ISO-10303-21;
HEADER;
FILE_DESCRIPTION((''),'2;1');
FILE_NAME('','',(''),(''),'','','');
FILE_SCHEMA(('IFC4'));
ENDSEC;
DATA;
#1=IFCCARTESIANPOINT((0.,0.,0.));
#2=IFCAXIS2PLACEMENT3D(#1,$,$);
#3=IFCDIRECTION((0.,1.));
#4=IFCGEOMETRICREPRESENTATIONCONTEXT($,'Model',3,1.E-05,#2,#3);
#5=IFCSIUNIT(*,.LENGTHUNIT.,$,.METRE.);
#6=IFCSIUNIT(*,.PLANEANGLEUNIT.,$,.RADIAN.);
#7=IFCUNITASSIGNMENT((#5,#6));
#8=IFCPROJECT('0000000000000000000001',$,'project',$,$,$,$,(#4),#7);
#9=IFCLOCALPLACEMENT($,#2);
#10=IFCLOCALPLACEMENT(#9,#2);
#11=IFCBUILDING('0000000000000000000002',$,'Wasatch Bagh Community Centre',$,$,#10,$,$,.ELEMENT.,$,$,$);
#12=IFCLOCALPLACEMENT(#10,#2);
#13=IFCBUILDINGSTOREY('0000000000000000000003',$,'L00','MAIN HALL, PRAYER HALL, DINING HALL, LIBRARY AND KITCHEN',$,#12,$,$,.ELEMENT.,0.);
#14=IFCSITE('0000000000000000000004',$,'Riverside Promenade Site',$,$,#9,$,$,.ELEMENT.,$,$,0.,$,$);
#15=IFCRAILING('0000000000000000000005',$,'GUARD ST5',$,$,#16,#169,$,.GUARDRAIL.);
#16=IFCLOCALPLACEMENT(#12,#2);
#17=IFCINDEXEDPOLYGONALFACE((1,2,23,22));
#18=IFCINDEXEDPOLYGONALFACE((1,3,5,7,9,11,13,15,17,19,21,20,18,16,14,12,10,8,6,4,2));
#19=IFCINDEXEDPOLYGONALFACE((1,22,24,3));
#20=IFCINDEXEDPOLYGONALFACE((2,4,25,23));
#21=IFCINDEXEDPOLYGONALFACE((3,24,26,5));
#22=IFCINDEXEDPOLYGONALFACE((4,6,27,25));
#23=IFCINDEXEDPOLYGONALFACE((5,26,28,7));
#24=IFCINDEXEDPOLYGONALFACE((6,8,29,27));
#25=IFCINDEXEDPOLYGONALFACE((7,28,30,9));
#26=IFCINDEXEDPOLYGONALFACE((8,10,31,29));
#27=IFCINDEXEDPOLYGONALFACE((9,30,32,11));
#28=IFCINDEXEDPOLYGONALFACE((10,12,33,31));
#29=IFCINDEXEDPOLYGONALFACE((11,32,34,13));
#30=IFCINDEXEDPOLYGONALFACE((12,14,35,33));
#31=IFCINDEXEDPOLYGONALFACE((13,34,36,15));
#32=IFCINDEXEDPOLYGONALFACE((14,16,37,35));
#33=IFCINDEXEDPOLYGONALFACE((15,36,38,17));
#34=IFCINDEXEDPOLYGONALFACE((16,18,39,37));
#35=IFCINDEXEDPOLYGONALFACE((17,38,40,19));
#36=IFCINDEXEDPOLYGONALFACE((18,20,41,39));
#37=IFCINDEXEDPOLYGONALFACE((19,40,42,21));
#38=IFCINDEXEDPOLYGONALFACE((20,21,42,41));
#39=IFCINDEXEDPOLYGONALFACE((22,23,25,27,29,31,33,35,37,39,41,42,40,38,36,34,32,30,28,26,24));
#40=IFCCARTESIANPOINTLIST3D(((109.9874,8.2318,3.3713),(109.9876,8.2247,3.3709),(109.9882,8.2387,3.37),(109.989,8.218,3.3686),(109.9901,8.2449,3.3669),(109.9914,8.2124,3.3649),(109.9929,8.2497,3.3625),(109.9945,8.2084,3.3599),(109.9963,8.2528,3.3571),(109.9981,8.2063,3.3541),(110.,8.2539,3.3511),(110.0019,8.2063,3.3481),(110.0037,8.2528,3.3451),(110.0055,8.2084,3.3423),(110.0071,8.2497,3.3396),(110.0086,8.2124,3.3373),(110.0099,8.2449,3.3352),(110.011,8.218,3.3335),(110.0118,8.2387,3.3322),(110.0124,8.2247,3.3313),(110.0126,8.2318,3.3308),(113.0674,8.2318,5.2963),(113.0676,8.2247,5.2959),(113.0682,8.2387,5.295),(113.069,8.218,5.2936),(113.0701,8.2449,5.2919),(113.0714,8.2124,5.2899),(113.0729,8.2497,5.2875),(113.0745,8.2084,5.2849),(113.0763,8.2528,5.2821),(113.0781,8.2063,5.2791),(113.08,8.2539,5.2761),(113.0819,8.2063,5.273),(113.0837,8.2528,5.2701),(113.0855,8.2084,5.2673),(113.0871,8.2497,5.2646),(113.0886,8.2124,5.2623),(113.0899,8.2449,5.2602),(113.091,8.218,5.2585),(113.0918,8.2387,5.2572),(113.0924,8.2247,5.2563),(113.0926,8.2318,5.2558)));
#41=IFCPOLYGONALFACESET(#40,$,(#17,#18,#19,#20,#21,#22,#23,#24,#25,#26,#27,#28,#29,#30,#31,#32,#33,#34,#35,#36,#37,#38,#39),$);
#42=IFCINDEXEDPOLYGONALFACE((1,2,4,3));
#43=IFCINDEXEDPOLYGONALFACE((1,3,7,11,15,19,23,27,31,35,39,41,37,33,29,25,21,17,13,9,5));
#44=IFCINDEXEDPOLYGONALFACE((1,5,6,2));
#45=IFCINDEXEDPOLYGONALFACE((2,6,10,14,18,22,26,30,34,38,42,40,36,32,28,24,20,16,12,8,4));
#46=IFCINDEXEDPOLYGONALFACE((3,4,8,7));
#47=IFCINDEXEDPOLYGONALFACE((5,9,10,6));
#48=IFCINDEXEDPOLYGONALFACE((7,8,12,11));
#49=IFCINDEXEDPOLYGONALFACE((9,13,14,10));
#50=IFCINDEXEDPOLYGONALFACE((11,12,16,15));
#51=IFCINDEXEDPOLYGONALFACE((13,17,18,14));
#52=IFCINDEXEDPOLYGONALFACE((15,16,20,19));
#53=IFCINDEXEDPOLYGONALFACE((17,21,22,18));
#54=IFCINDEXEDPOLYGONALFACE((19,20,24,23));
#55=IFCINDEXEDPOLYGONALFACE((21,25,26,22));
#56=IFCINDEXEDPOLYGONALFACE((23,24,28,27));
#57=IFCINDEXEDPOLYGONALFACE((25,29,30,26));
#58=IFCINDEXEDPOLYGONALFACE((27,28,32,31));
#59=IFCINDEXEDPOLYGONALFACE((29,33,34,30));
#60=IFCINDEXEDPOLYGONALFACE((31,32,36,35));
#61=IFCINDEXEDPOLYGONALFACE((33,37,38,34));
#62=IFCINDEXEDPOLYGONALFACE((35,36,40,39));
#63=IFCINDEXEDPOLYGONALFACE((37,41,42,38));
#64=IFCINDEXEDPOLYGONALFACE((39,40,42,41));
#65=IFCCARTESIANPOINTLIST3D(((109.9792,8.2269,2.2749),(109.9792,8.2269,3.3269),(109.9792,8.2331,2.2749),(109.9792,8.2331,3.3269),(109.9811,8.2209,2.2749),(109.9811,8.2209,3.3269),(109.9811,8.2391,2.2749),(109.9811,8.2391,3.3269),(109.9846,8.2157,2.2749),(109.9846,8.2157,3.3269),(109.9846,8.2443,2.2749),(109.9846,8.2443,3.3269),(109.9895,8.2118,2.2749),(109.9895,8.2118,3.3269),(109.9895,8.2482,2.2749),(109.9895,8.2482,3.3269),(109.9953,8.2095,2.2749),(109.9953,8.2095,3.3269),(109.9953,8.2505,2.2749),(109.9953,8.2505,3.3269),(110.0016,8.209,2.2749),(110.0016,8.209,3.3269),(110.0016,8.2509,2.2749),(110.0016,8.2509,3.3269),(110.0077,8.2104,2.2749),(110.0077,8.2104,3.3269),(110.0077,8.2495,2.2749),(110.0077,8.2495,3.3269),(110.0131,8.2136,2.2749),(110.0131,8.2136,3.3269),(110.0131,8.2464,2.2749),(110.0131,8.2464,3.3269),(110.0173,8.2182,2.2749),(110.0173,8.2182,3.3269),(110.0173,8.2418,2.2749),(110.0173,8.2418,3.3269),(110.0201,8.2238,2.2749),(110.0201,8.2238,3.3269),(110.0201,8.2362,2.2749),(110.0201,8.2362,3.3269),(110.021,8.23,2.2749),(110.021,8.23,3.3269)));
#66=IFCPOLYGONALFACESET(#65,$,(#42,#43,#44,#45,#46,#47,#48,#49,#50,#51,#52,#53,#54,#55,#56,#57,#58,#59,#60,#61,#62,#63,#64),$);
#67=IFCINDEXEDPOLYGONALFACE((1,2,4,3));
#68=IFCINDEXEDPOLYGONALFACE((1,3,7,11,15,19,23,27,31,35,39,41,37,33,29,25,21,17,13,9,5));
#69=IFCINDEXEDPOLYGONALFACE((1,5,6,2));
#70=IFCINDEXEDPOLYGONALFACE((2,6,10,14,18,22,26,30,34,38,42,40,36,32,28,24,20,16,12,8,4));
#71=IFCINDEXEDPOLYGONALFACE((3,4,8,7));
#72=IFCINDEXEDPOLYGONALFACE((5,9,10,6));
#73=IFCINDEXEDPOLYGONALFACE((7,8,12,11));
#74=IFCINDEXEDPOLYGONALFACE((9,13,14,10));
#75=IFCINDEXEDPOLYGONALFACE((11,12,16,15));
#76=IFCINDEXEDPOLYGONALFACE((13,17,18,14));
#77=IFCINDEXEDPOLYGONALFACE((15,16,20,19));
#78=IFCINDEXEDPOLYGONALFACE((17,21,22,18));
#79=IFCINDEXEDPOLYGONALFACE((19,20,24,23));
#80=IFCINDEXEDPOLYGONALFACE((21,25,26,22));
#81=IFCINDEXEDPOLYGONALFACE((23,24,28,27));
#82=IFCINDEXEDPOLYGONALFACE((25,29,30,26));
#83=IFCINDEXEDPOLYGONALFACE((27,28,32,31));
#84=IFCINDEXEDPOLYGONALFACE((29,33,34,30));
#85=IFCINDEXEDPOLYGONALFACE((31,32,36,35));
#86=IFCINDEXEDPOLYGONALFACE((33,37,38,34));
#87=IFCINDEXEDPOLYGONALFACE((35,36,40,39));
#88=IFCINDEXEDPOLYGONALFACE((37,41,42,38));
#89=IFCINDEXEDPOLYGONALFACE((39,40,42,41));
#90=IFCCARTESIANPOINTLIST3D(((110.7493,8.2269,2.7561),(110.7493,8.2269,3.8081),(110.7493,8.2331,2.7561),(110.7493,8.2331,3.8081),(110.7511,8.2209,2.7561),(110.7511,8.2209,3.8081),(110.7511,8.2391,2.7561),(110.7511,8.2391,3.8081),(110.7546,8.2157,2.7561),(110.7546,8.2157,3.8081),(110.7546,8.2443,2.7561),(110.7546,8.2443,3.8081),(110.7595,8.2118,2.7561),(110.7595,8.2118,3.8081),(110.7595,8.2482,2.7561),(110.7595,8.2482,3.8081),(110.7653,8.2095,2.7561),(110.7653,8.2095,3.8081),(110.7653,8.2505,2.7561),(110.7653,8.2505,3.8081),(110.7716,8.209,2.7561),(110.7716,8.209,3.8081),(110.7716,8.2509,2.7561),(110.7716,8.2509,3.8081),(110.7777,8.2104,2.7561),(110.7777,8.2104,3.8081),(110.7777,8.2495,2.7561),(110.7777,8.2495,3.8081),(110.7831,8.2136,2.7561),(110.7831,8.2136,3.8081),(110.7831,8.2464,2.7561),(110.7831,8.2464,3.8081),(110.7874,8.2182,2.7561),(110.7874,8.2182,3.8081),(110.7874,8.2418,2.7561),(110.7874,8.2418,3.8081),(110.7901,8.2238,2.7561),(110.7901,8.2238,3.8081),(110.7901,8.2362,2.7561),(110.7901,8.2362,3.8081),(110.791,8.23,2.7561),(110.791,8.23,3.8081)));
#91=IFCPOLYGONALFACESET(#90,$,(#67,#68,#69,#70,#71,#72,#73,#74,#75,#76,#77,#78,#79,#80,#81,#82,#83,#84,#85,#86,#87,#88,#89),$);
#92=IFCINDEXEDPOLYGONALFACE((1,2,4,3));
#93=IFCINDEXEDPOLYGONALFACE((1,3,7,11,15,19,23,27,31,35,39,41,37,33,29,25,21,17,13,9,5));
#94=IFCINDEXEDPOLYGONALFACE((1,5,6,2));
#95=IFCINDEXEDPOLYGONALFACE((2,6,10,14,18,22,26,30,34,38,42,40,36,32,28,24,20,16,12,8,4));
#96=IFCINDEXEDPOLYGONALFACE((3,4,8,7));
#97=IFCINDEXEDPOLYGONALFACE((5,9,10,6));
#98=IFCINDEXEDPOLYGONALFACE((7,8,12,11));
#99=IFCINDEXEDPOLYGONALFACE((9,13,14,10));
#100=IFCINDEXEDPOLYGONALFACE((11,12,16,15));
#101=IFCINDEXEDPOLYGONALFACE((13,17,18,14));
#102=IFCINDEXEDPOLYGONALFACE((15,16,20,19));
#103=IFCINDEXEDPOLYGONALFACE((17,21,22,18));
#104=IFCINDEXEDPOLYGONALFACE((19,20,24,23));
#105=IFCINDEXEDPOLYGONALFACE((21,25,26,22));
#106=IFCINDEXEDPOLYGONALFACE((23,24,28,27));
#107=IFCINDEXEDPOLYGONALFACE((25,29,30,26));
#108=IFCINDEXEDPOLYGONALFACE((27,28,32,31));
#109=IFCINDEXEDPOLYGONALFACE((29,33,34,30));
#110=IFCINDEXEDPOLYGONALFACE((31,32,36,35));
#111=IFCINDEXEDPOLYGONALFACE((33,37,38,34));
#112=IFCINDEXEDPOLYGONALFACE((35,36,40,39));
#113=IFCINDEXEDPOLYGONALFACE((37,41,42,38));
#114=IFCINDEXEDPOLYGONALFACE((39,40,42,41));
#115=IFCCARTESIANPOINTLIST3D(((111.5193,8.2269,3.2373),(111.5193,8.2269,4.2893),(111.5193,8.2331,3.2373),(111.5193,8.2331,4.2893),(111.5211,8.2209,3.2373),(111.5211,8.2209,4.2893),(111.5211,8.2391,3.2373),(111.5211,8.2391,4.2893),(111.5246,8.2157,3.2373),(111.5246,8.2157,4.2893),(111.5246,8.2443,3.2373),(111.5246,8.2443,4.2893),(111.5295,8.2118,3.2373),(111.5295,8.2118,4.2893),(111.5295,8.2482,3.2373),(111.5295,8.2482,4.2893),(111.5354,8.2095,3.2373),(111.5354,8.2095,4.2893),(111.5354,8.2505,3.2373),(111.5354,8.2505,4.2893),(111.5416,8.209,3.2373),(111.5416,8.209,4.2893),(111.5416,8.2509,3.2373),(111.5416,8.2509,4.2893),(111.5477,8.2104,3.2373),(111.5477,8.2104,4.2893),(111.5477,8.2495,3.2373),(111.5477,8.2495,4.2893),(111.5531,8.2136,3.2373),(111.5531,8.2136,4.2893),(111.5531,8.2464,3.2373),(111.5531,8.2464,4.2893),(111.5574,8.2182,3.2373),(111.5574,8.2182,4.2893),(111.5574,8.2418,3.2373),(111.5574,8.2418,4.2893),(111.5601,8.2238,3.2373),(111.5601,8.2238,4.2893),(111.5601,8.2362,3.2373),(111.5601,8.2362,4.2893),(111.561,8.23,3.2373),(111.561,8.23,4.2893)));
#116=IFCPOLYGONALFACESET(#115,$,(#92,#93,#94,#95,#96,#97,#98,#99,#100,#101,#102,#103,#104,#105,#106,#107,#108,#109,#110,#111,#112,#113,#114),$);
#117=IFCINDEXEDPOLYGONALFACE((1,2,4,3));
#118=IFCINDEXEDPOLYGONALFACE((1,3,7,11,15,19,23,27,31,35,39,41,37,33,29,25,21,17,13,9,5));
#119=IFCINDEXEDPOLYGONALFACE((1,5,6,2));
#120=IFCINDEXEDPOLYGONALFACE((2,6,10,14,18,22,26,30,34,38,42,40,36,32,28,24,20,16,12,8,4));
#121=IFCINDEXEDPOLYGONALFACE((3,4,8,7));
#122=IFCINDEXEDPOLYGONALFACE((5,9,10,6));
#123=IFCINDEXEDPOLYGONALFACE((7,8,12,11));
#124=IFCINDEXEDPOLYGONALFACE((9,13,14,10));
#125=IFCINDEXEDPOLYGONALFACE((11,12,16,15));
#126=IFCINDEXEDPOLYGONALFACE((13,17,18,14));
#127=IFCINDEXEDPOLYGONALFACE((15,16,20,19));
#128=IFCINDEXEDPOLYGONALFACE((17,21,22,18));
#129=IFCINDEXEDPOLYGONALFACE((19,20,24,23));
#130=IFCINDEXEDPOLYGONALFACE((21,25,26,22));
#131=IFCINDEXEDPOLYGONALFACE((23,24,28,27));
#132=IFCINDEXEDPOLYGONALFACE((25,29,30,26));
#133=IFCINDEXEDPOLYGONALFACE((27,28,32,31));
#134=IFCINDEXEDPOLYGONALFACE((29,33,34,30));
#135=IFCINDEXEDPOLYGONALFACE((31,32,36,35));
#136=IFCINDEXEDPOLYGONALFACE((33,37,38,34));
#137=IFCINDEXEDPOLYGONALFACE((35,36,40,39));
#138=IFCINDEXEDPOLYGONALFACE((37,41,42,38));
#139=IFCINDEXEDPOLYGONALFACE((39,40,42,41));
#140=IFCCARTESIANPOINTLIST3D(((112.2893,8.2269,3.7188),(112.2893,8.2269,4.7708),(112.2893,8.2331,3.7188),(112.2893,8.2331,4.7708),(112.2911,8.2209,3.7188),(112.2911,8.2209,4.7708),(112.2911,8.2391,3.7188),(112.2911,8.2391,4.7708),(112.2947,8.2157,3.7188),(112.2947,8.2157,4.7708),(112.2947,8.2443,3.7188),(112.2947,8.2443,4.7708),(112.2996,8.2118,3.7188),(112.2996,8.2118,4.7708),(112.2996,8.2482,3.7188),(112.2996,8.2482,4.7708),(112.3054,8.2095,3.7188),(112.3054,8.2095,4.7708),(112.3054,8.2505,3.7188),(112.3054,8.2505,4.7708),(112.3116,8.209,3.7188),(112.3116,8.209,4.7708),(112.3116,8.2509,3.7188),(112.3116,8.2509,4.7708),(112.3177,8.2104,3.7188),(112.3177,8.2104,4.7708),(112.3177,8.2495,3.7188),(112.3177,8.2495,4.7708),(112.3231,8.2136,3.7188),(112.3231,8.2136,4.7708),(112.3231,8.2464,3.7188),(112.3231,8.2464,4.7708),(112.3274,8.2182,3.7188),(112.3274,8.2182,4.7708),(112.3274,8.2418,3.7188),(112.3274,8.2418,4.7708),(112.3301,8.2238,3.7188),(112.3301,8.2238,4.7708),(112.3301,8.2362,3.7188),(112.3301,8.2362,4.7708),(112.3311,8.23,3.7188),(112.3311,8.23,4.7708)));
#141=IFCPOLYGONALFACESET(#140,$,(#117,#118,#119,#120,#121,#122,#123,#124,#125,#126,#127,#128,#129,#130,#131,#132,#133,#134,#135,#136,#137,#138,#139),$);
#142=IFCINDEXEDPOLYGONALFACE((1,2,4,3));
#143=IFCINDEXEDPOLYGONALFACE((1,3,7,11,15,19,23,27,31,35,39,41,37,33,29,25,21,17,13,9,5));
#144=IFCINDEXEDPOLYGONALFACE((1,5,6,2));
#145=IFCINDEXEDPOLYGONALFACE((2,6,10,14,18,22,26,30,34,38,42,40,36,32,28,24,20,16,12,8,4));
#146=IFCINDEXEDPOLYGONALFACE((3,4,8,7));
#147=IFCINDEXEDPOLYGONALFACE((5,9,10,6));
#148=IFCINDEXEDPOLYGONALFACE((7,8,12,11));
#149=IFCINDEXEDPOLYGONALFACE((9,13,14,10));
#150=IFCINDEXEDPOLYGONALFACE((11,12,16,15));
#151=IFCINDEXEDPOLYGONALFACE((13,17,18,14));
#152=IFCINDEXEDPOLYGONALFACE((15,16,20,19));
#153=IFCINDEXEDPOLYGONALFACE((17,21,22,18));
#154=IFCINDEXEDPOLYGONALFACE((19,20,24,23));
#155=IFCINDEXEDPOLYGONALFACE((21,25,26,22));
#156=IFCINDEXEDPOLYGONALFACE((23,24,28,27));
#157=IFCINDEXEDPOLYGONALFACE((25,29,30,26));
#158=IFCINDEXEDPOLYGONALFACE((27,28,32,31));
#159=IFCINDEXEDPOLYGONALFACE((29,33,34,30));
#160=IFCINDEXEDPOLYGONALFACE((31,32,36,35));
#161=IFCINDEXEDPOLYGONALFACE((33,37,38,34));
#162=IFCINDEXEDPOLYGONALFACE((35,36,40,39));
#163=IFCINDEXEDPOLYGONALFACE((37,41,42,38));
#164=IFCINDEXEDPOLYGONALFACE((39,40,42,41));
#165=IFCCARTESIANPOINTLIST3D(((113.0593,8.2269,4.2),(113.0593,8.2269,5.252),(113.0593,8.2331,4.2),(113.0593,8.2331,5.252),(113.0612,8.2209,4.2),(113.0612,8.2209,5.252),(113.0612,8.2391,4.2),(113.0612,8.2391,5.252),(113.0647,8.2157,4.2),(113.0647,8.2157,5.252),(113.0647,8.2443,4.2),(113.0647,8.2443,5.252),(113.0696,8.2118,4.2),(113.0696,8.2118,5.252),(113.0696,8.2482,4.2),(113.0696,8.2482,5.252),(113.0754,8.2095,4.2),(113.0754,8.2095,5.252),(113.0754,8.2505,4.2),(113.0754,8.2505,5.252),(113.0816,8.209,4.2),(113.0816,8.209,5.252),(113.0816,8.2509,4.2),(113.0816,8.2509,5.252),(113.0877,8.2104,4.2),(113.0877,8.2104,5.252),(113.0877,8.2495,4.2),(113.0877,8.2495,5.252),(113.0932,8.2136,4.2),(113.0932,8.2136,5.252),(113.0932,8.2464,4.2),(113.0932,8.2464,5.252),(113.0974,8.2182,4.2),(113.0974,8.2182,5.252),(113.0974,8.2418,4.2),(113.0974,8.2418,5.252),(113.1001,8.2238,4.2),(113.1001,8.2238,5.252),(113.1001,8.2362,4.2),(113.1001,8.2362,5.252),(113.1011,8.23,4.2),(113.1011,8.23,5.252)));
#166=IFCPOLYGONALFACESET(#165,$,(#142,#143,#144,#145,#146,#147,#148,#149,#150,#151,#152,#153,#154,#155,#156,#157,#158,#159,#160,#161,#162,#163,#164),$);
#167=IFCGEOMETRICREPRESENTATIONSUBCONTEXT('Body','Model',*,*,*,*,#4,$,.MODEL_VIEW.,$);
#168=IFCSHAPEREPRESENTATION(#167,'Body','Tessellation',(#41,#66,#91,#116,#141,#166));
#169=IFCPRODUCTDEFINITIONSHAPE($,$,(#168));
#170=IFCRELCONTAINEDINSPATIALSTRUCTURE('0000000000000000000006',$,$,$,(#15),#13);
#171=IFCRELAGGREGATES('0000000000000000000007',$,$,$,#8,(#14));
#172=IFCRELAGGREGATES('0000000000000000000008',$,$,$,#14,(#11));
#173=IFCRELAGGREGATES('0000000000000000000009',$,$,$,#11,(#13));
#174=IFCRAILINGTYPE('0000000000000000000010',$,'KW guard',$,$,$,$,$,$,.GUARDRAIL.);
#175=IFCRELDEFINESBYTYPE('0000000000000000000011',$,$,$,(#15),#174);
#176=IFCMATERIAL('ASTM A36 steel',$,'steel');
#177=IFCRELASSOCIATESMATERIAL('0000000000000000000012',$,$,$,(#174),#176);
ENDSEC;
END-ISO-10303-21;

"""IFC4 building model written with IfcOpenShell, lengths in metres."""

from ifc_helpers import new_model, si_unit, direction, frame, origin, origin_2d, place, context, subcontext, project, spatial, circle, extrude, material, type_object, element, save


model = new_model("IFC4")

# Units and contexts
model_context = context("Model", 3, precision=1e-05, world=origin(), true_north=direction((0.0, 1.0)))
body_context = subcontext(model_context, "Body", "Model", "MODEL_VIEW")
ifc_project = project(units=[si_unit("LENGTHUNIT", "METRE"), si_unit("PLANEANGLEUNIT", "RADIAN")], contexts=[model_context])

# Site, building, storey
site_placement = place(None, origin())
site = spatial("IfcSite", under=ifc_project, at=site_placement, Name="Riverside Promenade Site", CompositionType="ELEMENT", RefElevation=0.0)
building_placement = place(site_placement, origin())
building = spatial("IfcBuilding", under=site, at=building_placement, Name="Wasatch Bagh Community Centre", CompositionType="ELEMENT")
storey_placement = place(building_placement, origin())
storey = spatial("IfcBuildingStorey", under=building, at=storey_placement, Name="L00", Description="MAIN HALL, PRAYER HALL, DINING HALL, LIBRARY AND KITCHEN", CompositionType="ELEMENT", Elevation=0.0)

# Railing
ifc_material_1 = material(Name="ASTM A36 steel", Category="steel")
railing_type_1 = type_object("IfcRailingType", Name="KW guard", PredefinedType="GUARDRAIL", material=ifc_material_1)
for number, where, name in (
    (1, (110.0, 8.23, 2.2749), "GUARD ST5"),
):
    element("IfcRailing", number, at=place(storey_placement, frame(where)), inside=storey, type_object=railing_type_1, Name=name, PredefinedType="GUARDRAIL", context=body_context, shape_type="SweptSolid", body=[
        extrude(circle(Radius=0.0239, at=origin_2d()), frame((0.0, 0.0, 1.0762), z_axis=(0.847998, 0.0, 0.529999), x_axis=(0.0, 1.0, 0.0)), (0.0, 0.0, 1.0), 3.6321),
        extrude(circle(Radius=0.021, at=origin_2d()), origin(), (0.0, 0.0, 1.0), 1.052),
        extrude(circle(Radius=0.021, at=origin_2d()), frame((0.77, 0.0, 0.4812)), (0.0, 0.0, 1.0), 1.052),
        extrude(circle(Radius=0.021, at=origin_2d()), frame((1.54, 0.0, 0.9624)), (0.0, 0.0, 1.0), 1.052),
        extrude(circle(Radius=0.021, at=origin_2d()), frame((2.3101, 0.0, 1.4438)), (0.0, 0.0, 1.0), 1.052),
        extrude(circle(Radius=0.021, at=origin_2d()), frame((3.0801, 0.0, 1.925)), (0.0, 0.0, 1.0), 1.052),
    ])

save(model, "model.ifc")
